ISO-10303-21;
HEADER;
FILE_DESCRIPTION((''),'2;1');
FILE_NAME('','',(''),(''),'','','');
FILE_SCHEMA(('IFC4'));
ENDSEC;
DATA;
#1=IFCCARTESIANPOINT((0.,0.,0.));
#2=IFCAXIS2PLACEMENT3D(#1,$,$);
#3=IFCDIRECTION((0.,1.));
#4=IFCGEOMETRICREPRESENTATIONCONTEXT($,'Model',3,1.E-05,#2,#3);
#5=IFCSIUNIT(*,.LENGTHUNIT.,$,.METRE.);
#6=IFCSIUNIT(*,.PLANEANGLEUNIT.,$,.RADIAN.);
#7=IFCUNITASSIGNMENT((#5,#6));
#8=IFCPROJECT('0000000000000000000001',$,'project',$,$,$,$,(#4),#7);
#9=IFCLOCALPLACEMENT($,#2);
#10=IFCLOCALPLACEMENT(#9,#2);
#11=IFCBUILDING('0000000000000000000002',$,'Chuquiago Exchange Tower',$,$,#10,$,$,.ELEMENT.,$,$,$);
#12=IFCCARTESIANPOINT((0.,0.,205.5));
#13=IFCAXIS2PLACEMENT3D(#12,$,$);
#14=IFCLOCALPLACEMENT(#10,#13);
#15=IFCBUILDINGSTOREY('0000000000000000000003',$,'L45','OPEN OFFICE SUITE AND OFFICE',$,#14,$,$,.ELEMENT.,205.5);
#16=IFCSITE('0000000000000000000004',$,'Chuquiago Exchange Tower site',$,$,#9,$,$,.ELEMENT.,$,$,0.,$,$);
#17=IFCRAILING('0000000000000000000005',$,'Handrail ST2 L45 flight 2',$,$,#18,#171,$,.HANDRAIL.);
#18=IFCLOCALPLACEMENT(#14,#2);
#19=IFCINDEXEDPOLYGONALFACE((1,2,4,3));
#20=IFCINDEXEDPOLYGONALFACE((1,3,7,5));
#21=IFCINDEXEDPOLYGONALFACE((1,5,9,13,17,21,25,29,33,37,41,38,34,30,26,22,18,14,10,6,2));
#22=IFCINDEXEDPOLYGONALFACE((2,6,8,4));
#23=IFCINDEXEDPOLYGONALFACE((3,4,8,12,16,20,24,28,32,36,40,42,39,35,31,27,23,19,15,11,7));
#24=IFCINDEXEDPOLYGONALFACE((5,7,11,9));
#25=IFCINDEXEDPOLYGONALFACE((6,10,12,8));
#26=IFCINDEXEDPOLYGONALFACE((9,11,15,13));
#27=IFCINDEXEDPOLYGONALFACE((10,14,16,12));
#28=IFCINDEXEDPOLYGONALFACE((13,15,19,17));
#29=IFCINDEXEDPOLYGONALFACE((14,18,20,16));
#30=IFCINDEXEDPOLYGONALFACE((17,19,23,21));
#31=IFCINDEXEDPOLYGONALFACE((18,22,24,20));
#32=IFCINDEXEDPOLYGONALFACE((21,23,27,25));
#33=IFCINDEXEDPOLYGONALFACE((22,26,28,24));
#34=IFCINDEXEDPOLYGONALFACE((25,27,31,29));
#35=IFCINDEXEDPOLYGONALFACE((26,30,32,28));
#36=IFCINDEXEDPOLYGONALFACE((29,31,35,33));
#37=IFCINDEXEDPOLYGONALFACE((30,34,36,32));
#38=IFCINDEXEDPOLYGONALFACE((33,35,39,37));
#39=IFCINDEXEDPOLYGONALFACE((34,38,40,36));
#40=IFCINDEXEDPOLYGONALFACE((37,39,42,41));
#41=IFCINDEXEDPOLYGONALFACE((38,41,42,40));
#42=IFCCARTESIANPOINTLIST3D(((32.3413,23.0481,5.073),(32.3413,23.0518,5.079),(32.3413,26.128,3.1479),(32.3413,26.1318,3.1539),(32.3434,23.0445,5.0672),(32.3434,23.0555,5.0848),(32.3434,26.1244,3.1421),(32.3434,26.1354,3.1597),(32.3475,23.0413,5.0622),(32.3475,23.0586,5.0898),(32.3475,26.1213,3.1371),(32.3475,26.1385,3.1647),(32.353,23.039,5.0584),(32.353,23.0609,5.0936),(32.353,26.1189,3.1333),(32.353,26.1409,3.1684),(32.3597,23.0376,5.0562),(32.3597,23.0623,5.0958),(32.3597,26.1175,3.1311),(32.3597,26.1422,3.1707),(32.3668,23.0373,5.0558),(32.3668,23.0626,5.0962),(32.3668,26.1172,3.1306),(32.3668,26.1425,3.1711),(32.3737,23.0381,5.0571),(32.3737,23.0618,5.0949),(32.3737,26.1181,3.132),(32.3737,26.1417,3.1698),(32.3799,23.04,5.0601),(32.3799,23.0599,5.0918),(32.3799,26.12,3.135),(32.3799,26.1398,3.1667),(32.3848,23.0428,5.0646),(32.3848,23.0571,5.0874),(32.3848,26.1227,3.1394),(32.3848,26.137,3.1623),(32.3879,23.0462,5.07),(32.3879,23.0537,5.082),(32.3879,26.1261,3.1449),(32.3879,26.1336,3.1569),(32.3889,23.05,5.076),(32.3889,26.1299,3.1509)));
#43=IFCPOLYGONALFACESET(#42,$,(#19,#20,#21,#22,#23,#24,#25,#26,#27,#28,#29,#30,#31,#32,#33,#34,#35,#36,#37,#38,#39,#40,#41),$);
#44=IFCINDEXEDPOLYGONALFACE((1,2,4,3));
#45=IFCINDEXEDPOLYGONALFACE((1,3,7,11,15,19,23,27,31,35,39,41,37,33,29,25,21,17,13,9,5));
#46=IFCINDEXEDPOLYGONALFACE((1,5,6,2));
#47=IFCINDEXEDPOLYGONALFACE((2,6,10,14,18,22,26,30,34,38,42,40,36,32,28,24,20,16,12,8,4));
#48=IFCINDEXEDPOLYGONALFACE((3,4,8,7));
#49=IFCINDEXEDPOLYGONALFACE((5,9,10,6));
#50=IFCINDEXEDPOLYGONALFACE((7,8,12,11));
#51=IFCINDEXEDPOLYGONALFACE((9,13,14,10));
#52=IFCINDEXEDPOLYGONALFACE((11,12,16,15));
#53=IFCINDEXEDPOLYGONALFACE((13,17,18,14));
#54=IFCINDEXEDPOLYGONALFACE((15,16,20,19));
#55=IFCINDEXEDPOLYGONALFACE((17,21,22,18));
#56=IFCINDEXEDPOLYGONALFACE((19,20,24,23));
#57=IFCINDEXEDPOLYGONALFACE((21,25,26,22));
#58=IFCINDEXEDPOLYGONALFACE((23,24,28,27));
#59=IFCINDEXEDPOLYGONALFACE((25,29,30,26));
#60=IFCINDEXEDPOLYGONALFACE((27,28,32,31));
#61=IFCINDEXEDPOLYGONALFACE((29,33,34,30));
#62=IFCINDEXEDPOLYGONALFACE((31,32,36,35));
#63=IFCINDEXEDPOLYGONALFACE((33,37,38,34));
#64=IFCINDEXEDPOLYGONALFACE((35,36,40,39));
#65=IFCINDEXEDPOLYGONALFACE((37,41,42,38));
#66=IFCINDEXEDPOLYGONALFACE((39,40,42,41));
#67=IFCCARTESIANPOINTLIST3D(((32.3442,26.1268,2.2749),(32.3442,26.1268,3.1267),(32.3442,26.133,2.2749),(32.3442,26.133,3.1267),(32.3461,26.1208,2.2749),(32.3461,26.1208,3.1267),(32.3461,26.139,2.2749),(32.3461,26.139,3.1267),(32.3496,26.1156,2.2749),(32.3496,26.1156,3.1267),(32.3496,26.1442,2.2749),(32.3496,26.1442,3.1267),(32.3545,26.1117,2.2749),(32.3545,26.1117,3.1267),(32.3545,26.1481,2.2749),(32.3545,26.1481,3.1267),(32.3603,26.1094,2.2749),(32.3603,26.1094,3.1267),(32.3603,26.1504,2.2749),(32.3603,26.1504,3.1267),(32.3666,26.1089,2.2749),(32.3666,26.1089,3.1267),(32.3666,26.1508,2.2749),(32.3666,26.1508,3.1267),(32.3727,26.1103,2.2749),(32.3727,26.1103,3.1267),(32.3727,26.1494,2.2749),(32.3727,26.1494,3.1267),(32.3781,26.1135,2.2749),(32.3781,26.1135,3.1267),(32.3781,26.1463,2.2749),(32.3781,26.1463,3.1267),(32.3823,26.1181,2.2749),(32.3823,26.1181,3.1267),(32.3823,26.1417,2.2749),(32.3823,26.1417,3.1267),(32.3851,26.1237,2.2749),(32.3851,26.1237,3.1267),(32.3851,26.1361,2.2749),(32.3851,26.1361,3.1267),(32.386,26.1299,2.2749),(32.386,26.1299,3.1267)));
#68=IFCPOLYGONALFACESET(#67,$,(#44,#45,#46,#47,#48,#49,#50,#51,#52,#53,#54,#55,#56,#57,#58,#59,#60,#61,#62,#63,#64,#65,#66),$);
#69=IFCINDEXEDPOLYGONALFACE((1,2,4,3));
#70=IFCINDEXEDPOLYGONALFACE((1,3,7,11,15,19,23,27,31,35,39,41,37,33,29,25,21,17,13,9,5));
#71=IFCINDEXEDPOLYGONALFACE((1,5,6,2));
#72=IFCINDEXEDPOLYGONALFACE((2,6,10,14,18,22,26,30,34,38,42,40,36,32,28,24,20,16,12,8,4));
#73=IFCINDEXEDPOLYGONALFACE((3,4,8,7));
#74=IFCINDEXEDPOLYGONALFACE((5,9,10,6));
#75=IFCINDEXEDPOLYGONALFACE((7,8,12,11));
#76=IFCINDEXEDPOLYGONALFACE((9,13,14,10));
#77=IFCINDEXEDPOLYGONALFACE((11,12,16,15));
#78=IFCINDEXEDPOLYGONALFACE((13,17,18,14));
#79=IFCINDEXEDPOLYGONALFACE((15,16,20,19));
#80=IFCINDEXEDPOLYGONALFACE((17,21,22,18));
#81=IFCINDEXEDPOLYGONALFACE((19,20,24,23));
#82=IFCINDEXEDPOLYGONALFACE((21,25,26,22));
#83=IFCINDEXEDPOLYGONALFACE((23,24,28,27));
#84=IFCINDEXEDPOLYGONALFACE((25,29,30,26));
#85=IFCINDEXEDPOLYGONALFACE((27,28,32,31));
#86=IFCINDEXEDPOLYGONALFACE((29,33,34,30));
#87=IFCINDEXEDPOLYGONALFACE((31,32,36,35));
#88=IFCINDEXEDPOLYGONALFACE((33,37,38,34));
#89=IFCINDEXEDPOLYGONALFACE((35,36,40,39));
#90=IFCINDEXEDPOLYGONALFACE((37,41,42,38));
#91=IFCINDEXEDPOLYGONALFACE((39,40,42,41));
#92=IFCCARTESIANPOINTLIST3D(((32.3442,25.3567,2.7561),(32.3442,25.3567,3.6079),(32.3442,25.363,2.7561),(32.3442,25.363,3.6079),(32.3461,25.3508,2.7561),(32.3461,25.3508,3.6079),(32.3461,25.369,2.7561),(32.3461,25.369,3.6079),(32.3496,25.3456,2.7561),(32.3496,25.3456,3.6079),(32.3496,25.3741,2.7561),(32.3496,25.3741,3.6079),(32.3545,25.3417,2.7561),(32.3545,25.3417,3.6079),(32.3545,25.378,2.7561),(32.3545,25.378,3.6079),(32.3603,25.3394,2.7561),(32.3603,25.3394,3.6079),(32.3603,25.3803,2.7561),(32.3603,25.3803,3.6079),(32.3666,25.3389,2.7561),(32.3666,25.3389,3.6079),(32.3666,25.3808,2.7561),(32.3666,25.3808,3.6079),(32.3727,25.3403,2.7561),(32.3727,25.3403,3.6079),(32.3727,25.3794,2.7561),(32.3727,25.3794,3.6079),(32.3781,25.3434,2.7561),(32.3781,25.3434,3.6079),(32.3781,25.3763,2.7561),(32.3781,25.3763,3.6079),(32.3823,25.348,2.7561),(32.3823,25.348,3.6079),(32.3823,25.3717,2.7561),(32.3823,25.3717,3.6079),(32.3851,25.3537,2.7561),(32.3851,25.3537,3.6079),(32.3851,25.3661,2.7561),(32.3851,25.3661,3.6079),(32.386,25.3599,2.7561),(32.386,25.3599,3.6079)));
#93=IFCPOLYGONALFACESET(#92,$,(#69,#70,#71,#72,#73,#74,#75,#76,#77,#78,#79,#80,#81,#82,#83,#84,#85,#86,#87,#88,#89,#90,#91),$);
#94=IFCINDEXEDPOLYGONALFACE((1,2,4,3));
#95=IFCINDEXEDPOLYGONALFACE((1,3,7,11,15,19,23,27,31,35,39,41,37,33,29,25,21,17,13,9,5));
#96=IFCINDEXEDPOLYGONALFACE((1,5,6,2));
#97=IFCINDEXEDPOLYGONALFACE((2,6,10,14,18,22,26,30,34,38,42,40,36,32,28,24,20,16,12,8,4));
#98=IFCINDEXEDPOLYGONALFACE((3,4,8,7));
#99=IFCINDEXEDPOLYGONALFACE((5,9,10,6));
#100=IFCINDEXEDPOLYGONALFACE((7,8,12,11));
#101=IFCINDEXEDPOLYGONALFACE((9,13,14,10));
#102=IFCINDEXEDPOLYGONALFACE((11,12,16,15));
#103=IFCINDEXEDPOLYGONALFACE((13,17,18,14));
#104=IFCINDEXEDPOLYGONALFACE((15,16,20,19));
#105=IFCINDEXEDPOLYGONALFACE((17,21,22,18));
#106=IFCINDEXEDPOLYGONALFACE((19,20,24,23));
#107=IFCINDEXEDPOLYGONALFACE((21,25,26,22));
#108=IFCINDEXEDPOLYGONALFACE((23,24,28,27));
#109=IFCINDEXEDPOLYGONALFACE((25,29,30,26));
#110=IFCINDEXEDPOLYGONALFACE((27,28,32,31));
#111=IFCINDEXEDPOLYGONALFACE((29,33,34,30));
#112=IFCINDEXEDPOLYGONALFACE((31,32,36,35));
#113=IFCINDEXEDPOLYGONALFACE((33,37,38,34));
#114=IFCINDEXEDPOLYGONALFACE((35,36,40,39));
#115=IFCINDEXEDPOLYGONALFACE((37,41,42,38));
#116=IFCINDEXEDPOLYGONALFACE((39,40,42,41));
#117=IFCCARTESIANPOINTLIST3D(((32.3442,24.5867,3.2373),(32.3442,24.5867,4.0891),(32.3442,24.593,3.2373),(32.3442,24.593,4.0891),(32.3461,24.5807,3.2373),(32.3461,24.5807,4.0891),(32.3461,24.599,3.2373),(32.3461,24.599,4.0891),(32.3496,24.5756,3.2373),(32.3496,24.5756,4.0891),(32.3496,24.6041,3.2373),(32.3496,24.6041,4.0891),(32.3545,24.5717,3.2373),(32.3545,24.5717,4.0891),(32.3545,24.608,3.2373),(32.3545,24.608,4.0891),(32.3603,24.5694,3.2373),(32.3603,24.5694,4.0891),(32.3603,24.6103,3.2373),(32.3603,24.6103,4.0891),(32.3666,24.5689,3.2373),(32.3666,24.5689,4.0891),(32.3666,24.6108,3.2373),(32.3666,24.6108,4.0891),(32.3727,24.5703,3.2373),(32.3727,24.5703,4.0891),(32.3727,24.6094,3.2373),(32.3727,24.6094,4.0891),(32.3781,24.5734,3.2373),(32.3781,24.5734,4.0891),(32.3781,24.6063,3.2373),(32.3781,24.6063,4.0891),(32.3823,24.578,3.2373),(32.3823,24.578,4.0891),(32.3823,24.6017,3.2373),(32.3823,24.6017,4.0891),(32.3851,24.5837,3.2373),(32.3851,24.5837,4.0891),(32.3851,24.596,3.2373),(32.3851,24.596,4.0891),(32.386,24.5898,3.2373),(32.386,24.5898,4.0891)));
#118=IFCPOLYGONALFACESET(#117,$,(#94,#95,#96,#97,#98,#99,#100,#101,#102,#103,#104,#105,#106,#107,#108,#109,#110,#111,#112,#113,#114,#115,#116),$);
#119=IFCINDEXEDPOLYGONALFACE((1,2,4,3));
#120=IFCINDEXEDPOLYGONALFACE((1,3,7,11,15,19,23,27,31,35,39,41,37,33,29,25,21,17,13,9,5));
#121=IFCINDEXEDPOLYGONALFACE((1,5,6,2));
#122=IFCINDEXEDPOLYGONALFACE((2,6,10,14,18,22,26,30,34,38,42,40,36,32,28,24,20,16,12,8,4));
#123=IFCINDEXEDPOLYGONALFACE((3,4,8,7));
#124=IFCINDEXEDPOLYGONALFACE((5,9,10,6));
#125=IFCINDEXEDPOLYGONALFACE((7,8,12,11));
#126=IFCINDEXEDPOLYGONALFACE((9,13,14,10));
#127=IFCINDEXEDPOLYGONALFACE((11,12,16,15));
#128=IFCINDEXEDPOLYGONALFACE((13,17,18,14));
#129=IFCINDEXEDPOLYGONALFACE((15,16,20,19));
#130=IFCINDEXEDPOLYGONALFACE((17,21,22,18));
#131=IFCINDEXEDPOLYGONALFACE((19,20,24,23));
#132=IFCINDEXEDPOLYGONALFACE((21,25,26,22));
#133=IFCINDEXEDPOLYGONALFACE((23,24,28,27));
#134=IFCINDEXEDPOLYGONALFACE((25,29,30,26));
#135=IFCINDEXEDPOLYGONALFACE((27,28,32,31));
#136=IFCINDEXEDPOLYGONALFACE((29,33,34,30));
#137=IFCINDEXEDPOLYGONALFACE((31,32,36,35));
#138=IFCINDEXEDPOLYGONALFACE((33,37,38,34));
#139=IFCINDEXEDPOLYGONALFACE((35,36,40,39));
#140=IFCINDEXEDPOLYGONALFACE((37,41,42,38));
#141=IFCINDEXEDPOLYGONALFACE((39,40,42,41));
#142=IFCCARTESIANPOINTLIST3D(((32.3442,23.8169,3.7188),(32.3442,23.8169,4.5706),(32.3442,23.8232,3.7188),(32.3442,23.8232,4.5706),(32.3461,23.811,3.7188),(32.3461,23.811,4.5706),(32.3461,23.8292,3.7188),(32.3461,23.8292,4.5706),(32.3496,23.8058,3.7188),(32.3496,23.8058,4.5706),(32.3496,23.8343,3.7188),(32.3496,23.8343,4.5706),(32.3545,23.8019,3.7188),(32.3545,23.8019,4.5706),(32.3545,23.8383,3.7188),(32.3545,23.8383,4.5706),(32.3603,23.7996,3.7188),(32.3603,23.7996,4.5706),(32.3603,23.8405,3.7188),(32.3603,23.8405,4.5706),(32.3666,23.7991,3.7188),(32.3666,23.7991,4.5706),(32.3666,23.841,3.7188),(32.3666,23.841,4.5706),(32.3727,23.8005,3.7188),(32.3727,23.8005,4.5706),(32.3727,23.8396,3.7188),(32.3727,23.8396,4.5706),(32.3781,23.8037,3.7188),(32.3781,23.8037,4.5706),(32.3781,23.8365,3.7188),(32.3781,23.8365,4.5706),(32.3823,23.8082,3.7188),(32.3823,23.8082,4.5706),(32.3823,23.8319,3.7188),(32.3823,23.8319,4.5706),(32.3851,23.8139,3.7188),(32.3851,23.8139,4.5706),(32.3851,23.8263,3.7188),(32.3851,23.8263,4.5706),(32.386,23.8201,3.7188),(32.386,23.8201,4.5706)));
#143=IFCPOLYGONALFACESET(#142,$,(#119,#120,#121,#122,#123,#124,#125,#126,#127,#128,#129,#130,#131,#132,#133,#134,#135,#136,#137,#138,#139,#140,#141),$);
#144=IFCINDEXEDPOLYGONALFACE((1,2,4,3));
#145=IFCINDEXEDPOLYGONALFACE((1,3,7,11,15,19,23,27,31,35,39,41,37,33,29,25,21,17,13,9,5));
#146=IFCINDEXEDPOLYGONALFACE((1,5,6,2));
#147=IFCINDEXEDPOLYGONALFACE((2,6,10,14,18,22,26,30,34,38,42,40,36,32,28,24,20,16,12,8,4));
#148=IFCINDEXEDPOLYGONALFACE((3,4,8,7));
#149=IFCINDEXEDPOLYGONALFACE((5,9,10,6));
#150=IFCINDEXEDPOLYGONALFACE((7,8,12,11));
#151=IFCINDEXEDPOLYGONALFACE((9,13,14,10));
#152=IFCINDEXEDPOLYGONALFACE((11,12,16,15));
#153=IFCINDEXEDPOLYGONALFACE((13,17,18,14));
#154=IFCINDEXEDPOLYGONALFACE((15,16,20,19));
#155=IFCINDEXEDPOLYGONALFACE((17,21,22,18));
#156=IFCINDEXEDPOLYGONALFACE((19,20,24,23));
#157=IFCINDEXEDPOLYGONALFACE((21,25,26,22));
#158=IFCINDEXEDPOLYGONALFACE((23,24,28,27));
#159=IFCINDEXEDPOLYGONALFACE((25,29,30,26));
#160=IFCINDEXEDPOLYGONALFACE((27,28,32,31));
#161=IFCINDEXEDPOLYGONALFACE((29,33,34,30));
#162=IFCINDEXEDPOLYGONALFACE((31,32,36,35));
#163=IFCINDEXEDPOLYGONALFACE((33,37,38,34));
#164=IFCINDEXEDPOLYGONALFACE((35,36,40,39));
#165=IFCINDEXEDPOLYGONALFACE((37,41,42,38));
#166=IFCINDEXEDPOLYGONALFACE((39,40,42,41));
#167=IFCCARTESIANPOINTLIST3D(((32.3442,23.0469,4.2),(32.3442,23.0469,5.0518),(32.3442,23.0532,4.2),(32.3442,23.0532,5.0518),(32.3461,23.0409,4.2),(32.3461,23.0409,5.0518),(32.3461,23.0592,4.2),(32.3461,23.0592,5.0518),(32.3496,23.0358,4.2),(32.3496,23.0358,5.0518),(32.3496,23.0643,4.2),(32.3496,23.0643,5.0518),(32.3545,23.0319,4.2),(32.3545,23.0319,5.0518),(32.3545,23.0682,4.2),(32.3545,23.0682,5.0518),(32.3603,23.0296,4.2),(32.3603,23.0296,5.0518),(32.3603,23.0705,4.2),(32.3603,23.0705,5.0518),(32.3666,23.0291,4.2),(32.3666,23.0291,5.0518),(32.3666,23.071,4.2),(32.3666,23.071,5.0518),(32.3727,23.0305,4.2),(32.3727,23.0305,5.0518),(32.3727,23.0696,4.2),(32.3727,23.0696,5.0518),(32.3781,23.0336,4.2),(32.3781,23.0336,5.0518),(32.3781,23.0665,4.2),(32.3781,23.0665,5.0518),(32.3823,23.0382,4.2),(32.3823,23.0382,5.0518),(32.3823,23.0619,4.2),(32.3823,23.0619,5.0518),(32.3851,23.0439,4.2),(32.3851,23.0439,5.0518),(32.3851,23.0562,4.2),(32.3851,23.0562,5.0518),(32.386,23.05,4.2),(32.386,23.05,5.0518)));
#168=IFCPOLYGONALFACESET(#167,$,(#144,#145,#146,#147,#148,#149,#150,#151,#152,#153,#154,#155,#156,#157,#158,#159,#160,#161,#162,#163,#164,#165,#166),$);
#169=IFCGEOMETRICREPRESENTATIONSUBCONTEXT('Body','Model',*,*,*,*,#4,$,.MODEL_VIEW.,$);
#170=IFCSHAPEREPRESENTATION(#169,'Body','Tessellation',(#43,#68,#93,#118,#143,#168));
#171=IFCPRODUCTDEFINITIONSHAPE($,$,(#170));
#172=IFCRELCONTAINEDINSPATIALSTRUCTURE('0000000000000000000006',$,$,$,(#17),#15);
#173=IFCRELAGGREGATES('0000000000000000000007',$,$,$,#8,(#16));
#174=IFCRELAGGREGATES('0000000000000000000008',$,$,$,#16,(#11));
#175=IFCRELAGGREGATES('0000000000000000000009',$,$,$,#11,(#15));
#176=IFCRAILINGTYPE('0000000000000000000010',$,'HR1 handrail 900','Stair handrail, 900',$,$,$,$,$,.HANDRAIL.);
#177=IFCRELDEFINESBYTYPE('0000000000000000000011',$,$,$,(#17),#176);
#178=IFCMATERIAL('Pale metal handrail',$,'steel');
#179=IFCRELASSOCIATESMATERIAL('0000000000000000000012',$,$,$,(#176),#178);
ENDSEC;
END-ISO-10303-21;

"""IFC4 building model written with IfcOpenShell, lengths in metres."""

from ifc_helpers import new_model, si_unit, direction, frame, origin, origin_2d, place, context, subcontext, project, spatial, circle, extrude, material, type_object, element, save


model = new_model("IFC4")

# Units and contexts
model_context = context("Model", 3, precision=1e-05, world=origin(), true_north=direction((0.0, 1.0)))
body_context = subcontext(model_context, "Body", "Model", "MODEL_VIEW")
ifc_project = project(units=[si_unit("LENGTHUNIT", "METRE"), si_unit("PLANEANGLEUNIT", "RADIAN")], contexts=[model_context])

# Site, building, storey
site_placement = place(None, origin())
site = spatial("IfcSite", under=ifc_project, at=site_placement, Name="Chuquiago Exchange Tower site", CompositionType="ELEMENT", RefElevation=0.0)
building_placement = place(site_placement, origin())
building = spatial("IfcBuilding", under=site, at=building_placement, Name="Chuquiago Exchange Tower", CompositionType="ELEMENT")
storey_placement = place(building_placement, frame((0.0, 0.0, 205.5)))
storey = spatial("IfcBuildingStorey", under=building, at=storey_placement, Name="L45", Description="OPEN OFFICE SUITE AND OFFICE", CompositionType="ELEMENT", Elevation=205.5)

# Railing
ifc_material_1 = material(Name="Pale metal handrail", Category="steel")
railing_type_1 = type_object("IfcRailingType", Name="HR1 handrail 900", Description="Stair handrail, 900", PredefinedType="HANDRAIL", material=ifc_material_1)
for number, where, name in (
    (1, (32.365, 26.1299, 2.2749), "Handrail ST2 L45 flight 2"),
):
    element("IfcRailing", number, at=place(storey_placement, frame(where)), inside=storey, type_object=railing_type_1, Name=name, PredefinedType="HANDRAIL", context=body_context, shape_type="SweptSolid", body=[
        extrude(circle(Radius=0.0239, at=origin_2d()), frame((0.0, 0.0, 0.876), z_axis=(0.0, -0.847979, 0.530029), x_axis=(1.0, 0.0, 0.0)), (0.0, 0.0, 1.0), 3.6321),
        extrude(circle(Radius=0.021, at=origin_2d()), origin(), (0.0, 0.0, 1.0), 0.8518),
        extrude(circle(Radius=0.021, at=origin_2d()), frame((0.0, -0.77, 0.4812)), (0.0, 0.0, 1.0), 0.8518),
        extrude(circle(Radius=0.021, at=origin_2d()), frame((0.0, -1.54, 0.9624)), (0.0, 0.0, 1.0), 0.8518),
        extrude(circle(Radius=0.021, at=origin_2d()), frame((0.0, -2.3098, 1.4438)), (0.0, 0.0, 1.0), 0.8518),
        extrude(circle(Radius=0.021, at=origin_2d()), frame((0.0, -3.0798, 1.925)), (0.0, 0.0, 1.0), 0.8518),
    ])

save(model, "model.ifc")
